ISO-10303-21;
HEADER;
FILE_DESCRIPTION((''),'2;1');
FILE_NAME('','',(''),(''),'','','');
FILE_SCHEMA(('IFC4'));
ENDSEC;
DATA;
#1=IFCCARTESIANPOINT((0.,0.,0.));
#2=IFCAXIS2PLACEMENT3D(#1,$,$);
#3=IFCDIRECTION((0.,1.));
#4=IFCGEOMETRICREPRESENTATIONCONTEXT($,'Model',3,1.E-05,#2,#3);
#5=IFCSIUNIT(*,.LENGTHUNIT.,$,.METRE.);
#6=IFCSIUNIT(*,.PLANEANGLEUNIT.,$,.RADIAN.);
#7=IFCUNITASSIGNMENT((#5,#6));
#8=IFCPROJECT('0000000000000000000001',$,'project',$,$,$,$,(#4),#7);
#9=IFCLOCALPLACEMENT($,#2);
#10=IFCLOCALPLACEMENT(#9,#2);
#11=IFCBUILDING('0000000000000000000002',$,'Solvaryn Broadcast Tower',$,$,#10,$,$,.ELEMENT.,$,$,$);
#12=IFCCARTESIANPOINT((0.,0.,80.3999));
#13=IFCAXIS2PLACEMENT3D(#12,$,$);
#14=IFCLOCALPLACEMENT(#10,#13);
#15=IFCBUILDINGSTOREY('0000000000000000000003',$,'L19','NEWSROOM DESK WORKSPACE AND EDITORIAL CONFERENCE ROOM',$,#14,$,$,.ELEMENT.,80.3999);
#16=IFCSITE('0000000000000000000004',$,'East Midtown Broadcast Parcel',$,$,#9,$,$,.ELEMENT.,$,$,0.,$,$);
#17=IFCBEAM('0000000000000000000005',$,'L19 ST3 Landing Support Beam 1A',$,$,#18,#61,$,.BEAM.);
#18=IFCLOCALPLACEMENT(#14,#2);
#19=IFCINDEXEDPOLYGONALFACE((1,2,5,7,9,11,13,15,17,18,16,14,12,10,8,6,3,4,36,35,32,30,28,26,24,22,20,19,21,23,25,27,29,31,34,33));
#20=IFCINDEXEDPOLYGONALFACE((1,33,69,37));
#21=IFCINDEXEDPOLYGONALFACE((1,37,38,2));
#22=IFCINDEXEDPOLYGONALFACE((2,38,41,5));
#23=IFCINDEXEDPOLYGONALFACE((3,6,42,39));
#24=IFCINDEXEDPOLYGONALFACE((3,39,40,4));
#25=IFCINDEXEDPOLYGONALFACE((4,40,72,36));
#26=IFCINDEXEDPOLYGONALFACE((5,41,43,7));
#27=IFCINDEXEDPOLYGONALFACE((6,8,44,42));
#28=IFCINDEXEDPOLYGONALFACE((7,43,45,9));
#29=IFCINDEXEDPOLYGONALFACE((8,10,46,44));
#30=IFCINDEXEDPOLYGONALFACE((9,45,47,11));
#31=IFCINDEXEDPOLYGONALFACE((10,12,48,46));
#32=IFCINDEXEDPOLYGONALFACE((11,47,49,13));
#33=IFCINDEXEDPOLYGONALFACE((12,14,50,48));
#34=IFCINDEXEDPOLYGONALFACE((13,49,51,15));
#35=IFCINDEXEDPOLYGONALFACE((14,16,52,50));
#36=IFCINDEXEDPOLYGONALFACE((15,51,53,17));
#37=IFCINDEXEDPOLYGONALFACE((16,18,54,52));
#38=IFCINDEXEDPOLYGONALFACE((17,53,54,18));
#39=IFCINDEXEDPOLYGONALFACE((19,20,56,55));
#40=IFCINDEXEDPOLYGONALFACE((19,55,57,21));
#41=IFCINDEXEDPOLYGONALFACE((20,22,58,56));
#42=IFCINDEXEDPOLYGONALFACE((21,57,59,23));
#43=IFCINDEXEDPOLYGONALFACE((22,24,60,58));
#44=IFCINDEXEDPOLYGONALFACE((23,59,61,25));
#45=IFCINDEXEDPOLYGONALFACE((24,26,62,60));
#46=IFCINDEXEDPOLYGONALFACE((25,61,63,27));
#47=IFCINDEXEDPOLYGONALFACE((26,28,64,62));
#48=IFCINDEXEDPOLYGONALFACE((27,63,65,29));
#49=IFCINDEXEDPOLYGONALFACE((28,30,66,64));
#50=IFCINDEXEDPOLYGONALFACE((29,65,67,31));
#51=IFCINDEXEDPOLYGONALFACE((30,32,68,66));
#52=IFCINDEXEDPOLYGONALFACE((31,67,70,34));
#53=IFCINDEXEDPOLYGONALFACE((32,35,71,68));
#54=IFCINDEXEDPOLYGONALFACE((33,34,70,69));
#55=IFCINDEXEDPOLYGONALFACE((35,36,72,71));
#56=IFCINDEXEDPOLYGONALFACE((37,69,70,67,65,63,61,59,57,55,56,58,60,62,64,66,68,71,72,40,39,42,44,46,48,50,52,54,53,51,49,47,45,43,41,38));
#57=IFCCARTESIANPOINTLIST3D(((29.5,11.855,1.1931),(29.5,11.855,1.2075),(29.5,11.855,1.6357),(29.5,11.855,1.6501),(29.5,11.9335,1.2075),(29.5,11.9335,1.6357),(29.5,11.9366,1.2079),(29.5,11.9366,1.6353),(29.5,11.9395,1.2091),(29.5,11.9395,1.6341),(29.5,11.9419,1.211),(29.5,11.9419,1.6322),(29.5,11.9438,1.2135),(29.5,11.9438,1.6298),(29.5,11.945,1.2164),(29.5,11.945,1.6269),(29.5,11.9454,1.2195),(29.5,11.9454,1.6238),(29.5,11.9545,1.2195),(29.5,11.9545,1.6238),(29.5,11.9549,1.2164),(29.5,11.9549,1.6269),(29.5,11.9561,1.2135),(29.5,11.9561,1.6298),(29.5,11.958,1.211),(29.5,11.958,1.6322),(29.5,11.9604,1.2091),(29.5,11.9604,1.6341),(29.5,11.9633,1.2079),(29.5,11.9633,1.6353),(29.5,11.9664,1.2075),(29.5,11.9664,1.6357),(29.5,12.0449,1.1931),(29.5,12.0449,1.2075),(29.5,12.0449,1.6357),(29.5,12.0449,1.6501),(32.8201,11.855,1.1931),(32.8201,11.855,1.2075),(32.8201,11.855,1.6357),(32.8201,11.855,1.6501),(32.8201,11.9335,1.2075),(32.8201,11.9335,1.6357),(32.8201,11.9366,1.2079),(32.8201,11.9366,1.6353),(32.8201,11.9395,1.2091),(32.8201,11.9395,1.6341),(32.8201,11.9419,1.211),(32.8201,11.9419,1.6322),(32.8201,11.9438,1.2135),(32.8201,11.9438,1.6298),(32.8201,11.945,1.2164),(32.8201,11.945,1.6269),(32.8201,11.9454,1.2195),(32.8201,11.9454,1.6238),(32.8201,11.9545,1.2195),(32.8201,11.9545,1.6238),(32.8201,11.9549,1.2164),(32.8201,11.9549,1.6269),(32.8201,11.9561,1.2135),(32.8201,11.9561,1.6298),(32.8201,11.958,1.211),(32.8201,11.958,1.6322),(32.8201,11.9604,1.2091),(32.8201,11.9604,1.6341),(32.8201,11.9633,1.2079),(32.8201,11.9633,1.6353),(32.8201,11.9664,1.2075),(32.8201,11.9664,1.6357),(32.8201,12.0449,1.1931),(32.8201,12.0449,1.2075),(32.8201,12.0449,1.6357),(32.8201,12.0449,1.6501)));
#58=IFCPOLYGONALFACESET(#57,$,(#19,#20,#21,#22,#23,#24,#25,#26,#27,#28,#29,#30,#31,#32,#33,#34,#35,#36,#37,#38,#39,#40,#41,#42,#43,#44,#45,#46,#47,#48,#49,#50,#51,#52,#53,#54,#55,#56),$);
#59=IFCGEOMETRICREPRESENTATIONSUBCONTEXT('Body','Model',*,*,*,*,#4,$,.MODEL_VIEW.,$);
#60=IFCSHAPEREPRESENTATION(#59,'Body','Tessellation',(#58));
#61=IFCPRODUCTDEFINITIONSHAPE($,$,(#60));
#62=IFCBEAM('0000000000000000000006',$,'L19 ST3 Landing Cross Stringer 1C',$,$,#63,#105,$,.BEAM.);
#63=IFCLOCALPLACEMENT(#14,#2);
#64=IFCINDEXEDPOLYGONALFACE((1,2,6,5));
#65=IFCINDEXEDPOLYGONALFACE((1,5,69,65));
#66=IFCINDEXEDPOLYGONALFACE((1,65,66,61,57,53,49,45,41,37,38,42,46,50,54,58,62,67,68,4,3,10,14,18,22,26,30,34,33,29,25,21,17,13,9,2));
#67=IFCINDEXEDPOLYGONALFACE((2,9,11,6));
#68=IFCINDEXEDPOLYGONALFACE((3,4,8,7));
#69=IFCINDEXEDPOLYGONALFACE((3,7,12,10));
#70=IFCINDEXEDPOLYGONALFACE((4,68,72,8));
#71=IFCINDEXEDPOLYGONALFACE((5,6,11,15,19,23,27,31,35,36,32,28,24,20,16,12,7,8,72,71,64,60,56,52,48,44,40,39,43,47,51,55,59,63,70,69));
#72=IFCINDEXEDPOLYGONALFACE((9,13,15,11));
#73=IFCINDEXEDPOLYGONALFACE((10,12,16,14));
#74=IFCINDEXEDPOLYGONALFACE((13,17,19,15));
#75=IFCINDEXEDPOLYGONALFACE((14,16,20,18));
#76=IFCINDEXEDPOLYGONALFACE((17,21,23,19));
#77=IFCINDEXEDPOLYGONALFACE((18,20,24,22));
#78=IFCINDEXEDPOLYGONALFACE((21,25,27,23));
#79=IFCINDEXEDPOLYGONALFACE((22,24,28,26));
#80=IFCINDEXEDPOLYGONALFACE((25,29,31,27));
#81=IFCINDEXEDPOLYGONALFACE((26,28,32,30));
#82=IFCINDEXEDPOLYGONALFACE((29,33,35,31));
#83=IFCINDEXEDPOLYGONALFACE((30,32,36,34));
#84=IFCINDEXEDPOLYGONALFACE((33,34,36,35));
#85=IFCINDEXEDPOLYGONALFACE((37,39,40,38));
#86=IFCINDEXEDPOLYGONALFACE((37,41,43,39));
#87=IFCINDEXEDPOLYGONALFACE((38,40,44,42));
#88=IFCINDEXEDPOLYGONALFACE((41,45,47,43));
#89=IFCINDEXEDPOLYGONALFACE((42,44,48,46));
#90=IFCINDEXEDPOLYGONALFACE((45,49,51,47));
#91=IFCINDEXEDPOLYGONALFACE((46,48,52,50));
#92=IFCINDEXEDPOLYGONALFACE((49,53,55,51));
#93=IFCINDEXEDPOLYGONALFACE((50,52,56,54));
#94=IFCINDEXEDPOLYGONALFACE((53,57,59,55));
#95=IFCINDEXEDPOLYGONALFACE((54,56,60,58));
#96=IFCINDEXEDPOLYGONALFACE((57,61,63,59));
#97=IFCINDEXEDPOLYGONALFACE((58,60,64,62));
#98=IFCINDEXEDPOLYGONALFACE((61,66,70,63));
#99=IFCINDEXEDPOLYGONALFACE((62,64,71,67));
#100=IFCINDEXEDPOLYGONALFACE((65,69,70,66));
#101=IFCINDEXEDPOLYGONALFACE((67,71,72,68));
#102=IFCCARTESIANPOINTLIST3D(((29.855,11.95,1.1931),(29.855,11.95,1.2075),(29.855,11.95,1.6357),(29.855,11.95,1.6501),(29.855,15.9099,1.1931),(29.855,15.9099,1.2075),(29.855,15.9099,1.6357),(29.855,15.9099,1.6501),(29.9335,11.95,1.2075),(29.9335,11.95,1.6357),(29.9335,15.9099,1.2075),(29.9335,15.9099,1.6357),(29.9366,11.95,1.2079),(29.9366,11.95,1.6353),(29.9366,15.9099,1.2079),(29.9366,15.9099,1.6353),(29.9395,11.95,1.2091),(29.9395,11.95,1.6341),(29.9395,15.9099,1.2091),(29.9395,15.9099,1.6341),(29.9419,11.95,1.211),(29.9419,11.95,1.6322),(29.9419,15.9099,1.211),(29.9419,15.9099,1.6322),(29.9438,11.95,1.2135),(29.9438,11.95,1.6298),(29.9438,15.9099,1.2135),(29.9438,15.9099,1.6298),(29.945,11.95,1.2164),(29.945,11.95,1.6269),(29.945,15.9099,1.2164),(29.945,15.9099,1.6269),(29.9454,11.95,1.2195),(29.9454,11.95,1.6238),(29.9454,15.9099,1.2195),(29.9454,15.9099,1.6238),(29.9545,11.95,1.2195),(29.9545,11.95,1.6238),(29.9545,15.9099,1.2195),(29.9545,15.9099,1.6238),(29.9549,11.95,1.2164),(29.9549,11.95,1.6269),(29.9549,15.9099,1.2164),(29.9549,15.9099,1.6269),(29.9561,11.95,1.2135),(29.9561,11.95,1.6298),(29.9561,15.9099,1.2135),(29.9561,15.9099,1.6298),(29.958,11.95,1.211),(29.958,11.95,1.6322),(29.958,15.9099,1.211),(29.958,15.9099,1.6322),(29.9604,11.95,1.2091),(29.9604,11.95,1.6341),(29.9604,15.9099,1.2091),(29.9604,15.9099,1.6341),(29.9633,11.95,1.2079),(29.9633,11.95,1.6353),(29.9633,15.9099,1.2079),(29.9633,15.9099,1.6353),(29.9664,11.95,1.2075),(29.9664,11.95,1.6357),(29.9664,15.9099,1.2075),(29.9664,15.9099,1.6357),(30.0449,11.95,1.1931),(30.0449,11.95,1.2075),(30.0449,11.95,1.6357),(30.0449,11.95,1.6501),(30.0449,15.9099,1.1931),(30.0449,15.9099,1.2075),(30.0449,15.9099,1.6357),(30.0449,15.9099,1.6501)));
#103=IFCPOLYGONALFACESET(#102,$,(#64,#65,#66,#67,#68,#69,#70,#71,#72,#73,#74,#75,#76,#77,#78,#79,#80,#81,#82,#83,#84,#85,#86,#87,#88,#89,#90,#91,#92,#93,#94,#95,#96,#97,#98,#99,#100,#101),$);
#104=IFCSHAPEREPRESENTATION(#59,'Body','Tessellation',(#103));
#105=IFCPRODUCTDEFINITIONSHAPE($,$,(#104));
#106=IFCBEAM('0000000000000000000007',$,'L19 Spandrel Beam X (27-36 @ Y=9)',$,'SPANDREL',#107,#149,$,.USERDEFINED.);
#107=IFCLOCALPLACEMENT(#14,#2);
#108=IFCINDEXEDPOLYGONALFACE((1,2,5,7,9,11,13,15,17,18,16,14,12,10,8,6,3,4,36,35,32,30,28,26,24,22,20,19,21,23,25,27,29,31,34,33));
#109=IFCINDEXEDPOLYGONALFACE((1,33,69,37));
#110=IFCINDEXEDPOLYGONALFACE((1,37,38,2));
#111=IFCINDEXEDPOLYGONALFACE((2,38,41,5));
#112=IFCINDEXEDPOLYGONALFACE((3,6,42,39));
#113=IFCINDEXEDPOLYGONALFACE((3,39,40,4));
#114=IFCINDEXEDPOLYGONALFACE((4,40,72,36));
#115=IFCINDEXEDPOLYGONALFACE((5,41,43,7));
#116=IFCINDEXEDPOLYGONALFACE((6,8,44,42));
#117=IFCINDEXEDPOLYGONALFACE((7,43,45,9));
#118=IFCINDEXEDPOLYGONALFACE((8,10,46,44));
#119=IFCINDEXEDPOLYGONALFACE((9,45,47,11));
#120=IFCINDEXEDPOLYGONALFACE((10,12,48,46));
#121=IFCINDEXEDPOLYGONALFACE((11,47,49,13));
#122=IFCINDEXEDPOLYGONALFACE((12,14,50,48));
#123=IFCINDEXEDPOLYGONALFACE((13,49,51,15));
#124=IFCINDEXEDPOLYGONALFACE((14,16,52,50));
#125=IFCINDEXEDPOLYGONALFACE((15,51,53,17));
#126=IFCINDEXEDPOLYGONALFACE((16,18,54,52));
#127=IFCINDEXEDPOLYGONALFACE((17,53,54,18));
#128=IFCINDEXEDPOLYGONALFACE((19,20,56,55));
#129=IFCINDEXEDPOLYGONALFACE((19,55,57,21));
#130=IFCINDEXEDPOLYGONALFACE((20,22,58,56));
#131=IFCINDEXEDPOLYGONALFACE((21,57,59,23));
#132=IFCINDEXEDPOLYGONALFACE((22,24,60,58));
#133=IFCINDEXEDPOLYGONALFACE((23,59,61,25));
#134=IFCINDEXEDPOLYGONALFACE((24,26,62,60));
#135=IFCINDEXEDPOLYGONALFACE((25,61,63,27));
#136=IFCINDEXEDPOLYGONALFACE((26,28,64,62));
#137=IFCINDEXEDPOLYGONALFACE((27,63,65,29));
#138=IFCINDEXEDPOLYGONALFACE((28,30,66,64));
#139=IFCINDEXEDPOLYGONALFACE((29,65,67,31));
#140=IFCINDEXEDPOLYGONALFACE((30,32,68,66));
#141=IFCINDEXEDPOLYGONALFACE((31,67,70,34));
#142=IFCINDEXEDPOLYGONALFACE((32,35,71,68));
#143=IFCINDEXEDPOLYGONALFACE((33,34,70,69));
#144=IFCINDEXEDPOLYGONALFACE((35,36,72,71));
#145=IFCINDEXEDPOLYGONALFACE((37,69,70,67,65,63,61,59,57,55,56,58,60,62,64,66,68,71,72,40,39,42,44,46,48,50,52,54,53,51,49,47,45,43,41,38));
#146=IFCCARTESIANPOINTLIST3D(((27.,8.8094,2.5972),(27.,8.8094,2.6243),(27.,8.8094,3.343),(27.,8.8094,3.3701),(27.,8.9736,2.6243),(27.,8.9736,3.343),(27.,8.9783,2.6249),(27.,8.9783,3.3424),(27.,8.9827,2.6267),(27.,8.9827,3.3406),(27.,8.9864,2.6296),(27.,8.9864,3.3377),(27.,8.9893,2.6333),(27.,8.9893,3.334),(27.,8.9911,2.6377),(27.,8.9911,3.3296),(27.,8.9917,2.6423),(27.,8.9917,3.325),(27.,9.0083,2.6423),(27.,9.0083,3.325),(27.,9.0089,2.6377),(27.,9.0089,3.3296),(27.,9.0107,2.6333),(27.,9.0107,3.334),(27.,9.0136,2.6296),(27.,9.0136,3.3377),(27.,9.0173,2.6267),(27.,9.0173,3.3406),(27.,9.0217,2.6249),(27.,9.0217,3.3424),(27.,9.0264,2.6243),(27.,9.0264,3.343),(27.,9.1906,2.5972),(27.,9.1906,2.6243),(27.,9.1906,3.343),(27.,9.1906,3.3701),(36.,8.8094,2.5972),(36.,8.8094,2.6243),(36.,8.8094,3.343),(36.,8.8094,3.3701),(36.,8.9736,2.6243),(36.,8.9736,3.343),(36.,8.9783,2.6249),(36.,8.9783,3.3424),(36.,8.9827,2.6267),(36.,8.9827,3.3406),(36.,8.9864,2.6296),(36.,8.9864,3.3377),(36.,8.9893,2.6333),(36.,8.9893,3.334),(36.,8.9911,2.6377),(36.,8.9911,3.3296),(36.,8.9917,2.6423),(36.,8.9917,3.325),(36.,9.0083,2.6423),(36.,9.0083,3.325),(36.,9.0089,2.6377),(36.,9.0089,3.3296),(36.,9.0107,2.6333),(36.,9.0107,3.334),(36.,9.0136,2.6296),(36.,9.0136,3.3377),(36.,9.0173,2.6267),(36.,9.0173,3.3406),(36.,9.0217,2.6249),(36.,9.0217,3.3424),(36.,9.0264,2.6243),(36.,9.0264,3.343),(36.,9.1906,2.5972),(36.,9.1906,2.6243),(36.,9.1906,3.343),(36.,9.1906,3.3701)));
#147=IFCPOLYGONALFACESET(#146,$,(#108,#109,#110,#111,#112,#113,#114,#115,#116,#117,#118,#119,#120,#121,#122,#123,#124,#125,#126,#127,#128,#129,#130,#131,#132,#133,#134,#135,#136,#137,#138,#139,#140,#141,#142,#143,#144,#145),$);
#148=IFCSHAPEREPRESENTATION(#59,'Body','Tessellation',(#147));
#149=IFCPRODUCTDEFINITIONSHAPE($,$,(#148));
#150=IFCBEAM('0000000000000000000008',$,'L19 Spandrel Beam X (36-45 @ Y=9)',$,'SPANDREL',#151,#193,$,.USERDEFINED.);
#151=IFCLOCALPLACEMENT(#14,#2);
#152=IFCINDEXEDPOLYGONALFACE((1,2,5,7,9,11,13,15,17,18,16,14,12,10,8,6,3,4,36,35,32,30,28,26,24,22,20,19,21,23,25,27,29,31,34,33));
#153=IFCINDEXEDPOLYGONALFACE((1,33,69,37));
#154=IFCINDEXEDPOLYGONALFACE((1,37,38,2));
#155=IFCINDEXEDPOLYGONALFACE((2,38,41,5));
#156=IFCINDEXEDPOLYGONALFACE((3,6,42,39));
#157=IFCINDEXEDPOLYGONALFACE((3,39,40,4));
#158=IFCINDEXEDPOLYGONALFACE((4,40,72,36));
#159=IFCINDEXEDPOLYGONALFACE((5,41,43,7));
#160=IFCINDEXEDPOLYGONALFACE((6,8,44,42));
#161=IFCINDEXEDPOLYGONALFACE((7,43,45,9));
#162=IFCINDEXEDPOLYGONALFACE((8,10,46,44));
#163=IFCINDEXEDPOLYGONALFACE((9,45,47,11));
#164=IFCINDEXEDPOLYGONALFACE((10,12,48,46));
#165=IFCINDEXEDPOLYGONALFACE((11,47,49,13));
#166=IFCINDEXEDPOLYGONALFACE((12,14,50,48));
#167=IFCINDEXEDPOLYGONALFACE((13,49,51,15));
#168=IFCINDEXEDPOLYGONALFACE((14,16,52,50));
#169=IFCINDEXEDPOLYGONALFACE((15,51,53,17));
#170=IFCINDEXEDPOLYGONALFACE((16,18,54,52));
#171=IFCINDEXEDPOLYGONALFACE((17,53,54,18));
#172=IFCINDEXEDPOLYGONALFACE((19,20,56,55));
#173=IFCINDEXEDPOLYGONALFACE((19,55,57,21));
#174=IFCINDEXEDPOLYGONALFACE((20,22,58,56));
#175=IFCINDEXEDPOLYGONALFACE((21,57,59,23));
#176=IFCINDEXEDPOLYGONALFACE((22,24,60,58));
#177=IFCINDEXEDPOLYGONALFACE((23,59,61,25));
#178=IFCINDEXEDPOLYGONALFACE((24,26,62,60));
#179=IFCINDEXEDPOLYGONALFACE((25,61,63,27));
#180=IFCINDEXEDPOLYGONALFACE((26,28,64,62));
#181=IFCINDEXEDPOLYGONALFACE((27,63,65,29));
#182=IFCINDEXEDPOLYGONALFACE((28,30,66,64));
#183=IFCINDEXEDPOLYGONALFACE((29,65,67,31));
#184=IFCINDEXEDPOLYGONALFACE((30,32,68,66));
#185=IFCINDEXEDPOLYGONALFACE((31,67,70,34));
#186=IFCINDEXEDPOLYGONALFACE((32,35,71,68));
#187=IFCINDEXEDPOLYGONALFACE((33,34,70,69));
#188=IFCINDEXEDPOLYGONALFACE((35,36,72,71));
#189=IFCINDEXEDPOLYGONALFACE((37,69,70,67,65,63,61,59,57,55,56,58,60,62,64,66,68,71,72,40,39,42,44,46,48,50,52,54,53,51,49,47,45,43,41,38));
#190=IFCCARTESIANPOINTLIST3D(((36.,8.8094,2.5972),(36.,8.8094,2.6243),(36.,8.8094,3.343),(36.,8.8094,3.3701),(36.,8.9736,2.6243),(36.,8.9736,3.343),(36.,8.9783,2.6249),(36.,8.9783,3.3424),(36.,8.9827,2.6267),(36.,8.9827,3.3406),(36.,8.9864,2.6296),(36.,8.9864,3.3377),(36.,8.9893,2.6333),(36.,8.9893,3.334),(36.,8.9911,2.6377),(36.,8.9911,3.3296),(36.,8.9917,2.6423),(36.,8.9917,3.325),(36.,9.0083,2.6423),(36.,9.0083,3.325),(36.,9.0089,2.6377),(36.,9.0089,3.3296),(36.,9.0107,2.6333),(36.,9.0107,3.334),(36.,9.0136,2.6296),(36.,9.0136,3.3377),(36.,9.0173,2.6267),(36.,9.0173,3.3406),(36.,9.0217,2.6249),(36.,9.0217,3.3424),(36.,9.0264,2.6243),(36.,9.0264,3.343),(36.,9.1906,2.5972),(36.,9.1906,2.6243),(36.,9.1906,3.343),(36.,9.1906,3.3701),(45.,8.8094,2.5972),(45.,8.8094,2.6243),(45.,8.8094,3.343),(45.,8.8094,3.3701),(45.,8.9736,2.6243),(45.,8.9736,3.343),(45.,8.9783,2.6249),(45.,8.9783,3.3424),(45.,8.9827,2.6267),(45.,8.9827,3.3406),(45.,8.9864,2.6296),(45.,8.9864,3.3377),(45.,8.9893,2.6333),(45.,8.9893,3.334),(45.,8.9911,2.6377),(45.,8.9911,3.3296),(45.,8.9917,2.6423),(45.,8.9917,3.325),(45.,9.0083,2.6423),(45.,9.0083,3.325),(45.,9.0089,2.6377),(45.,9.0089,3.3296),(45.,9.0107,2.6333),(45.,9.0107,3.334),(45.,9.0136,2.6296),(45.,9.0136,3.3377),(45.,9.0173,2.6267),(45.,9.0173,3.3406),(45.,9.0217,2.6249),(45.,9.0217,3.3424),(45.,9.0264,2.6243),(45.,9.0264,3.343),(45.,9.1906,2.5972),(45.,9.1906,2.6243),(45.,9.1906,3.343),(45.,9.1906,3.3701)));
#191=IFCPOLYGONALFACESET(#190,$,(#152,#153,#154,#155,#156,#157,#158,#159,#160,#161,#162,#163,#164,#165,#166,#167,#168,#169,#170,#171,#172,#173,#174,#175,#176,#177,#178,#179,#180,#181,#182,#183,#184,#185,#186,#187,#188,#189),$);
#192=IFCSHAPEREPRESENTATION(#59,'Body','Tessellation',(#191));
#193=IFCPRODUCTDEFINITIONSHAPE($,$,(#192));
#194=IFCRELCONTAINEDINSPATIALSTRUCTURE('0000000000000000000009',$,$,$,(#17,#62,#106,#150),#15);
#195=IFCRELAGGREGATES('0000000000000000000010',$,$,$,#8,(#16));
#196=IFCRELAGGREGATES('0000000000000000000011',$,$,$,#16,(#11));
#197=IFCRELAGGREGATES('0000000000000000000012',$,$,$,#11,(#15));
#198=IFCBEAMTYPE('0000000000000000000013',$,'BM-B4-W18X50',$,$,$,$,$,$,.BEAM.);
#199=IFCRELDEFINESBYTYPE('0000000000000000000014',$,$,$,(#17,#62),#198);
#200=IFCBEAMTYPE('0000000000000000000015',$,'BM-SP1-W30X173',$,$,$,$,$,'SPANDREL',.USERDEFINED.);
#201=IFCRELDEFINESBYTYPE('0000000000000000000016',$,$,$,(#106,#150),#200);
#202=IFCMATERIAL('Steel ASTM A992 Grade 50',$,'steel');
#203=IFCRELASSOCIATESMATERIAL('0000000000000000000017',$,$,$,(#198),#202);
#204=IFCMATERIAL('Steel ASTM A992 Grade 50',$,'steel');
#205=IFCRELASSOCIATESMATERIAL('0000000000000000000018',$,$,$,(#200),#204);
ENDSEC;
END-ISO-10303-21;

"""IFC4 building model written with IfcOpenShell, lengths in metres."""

from ifc_helpers import new_model, si_unit, direction, frame, origin, origin_2d, place, context, subcontext, project, spatial, i_section, extrude, material, material_profile, profile_set, type_object, element, save


model = new_model("IFC4")

# Units and contexts
model_context = context("Model", 3, precision=1e-05, world=origin(), true_north=direction((0.0, 1.0)))
body_context = subcontext(model_context, "Body", "Model", "MODEL_VIEW")
ifc_project = project(units=[si_unit("LENGTHUNIT", "METRE"), si_unit("PLANEANGLEUNIT", "RADIAN")], contexts=[model_context])

# Site, building, storey
site_placement = place(None, origin())
site = spatial("IfcSite", under=ifc_project, at=site_placement, Name="East Midtown Broadcast Parcel", CompositionType="ELEMENT", RefElevation=0.0)
building_placement = place(site_placement, origin())
building = spatial("IfcBuilding", under=site, at=building_placement, Name="Solvaryn Broadcast Tower", CompositionType="ELEMENT")
storey_placement = place(building_placement, frame((0.0, 0.0, 80.3999)))
storey = spatial("IfcBuildingStorey", under=building, at=storey_placement, Name="L19", Description="NEWSROOM DESK WORKSPACE AND EDITORIAL CONFERENCE ROOM", CompositionType="ELEMENT", Elevation=80.3999)

# Beams
ifc_material_1 = material(Name="Steel ASTM A992 Grade 50", Category="steel")
ifc_material_profile_1 = material_profile(ifc_material_1, i_section(OverallWidth=0.1899, OverallDepth=0.457, WebThickness=0.009, FlangeThickness=0.0144, FilletRadius=0.012, at=origin_2d()))
ifc_profile_set_1 = profile_set([ifc_material_profile_1], Name="Steel ASTM A992 Grade 50")
beam_type_1 = type_object("IfcBeamType", Name="BM-B4-W18X50", PredefinedType="BEAM", material=ifc_profile_set_1)
beam_1_placement = place(storey_placement, frame((29.5, 11.95, 1.4216), z_axis=(1.0, 0.0, 0.0), x_axis=(0.0, 1.0, 0.0)))
element("IfcBeam", 1, at=beam_1_placement, inside=storey, type_object=beam_type_1, Name="L19 ST3 Landing Support Beam 1A", PredefinedType="BEAM", context=body_context, shape_type="SweptSolid", body=[
    extrude(i_section(OverallWidth=0.1899, OverallDepth=0.457, WebThickness=0.009, FlangeThickness=0.0144, FilletRadius=0.012, at=origin_2d()), origin(), (0.0, 0.0, 1.0), 3.3201),
])
beam_2_placement = place(storey_placement, frame((29.95, 11.95, 1.4216), z_axis=(0.0, 1.0, 0.0), x_axis=(-1.0, 0.0, 0.0)))
element("IfcBeam", 2, at=beam_2_placement, inside=storey, type_object=beam_type_1, Name="L19 ST3 Landing Cross Stringer 1C", PredefinedType="BEAM", context=body_context, shape_type="SweptSolid", body=[
    extrude(i_section(OverallWidth=0.1899, OverallDepth=0.457, WebThickness=0.009, FlangeThickness=0.0144, FilletRadius=0.012, at=origin_2d()), origin(), (0.0, 0.0, 1.0), 3.96),
])
ifc_material_2 = material(Name="Steel ASTM A992 Grade 50", Category="steel")
ifc_material_profile_2 = material_profile(ifc_material_2, i_section(OverallWidth=0.3811, OverallDepth=0.7729, WebThickness=0.0166, FlangeThickness=0.0271, FilletRadius=0.0181, at=origin_2d()))
ifc_profile_set_2 = profile_set([ifc_material_profile_2], Name="Steel ASTM A992 Grade 50")
beam_type_2 = type_object("IfcBeamType", Name="BM-SP1-W30X173", ElementType="SPANDREL", PredefinedType="USERDEFINED", material=ifc_profile_set_2)
for number, where, z_axis, x_axis, name in (
    (3, (27.0, 9.0, 2.9836), (1.0, 0.0, 0.0), (0.0, 1.0, 0.0), "L19 Spandrel Beam X (27-36 @ Y=9)"),
    (4, (36.0, 9.0, 2.9836), (1.0, 0.0, 0.0), (0.0, 1.0, 0.0), "L19 Spandrel Beam X (36-45 @ Y=9)"),
):
    element("IfcBeam", number, at=place(storey_placement, frame(where, z_axis=z_axis, x_axis=x_axis)), inside=storey, type_object=beam_type_2, Name=name, ObjectType="SPANDREL", PredefinedType="USERDEFINED", context=body_context, shape_type="SweptSolid", body=[
        extrude(i_section(OverallWidth=0.3811, OverallDepth=0.7729, WebThickness=0.0166, FlangeThickness=0.0271, FilletRadius=0.0181, at=origin_2d()), origin(), (0.0, 0.0, 1.0), 9.0),
    ])

save(model, "model.ifc")
